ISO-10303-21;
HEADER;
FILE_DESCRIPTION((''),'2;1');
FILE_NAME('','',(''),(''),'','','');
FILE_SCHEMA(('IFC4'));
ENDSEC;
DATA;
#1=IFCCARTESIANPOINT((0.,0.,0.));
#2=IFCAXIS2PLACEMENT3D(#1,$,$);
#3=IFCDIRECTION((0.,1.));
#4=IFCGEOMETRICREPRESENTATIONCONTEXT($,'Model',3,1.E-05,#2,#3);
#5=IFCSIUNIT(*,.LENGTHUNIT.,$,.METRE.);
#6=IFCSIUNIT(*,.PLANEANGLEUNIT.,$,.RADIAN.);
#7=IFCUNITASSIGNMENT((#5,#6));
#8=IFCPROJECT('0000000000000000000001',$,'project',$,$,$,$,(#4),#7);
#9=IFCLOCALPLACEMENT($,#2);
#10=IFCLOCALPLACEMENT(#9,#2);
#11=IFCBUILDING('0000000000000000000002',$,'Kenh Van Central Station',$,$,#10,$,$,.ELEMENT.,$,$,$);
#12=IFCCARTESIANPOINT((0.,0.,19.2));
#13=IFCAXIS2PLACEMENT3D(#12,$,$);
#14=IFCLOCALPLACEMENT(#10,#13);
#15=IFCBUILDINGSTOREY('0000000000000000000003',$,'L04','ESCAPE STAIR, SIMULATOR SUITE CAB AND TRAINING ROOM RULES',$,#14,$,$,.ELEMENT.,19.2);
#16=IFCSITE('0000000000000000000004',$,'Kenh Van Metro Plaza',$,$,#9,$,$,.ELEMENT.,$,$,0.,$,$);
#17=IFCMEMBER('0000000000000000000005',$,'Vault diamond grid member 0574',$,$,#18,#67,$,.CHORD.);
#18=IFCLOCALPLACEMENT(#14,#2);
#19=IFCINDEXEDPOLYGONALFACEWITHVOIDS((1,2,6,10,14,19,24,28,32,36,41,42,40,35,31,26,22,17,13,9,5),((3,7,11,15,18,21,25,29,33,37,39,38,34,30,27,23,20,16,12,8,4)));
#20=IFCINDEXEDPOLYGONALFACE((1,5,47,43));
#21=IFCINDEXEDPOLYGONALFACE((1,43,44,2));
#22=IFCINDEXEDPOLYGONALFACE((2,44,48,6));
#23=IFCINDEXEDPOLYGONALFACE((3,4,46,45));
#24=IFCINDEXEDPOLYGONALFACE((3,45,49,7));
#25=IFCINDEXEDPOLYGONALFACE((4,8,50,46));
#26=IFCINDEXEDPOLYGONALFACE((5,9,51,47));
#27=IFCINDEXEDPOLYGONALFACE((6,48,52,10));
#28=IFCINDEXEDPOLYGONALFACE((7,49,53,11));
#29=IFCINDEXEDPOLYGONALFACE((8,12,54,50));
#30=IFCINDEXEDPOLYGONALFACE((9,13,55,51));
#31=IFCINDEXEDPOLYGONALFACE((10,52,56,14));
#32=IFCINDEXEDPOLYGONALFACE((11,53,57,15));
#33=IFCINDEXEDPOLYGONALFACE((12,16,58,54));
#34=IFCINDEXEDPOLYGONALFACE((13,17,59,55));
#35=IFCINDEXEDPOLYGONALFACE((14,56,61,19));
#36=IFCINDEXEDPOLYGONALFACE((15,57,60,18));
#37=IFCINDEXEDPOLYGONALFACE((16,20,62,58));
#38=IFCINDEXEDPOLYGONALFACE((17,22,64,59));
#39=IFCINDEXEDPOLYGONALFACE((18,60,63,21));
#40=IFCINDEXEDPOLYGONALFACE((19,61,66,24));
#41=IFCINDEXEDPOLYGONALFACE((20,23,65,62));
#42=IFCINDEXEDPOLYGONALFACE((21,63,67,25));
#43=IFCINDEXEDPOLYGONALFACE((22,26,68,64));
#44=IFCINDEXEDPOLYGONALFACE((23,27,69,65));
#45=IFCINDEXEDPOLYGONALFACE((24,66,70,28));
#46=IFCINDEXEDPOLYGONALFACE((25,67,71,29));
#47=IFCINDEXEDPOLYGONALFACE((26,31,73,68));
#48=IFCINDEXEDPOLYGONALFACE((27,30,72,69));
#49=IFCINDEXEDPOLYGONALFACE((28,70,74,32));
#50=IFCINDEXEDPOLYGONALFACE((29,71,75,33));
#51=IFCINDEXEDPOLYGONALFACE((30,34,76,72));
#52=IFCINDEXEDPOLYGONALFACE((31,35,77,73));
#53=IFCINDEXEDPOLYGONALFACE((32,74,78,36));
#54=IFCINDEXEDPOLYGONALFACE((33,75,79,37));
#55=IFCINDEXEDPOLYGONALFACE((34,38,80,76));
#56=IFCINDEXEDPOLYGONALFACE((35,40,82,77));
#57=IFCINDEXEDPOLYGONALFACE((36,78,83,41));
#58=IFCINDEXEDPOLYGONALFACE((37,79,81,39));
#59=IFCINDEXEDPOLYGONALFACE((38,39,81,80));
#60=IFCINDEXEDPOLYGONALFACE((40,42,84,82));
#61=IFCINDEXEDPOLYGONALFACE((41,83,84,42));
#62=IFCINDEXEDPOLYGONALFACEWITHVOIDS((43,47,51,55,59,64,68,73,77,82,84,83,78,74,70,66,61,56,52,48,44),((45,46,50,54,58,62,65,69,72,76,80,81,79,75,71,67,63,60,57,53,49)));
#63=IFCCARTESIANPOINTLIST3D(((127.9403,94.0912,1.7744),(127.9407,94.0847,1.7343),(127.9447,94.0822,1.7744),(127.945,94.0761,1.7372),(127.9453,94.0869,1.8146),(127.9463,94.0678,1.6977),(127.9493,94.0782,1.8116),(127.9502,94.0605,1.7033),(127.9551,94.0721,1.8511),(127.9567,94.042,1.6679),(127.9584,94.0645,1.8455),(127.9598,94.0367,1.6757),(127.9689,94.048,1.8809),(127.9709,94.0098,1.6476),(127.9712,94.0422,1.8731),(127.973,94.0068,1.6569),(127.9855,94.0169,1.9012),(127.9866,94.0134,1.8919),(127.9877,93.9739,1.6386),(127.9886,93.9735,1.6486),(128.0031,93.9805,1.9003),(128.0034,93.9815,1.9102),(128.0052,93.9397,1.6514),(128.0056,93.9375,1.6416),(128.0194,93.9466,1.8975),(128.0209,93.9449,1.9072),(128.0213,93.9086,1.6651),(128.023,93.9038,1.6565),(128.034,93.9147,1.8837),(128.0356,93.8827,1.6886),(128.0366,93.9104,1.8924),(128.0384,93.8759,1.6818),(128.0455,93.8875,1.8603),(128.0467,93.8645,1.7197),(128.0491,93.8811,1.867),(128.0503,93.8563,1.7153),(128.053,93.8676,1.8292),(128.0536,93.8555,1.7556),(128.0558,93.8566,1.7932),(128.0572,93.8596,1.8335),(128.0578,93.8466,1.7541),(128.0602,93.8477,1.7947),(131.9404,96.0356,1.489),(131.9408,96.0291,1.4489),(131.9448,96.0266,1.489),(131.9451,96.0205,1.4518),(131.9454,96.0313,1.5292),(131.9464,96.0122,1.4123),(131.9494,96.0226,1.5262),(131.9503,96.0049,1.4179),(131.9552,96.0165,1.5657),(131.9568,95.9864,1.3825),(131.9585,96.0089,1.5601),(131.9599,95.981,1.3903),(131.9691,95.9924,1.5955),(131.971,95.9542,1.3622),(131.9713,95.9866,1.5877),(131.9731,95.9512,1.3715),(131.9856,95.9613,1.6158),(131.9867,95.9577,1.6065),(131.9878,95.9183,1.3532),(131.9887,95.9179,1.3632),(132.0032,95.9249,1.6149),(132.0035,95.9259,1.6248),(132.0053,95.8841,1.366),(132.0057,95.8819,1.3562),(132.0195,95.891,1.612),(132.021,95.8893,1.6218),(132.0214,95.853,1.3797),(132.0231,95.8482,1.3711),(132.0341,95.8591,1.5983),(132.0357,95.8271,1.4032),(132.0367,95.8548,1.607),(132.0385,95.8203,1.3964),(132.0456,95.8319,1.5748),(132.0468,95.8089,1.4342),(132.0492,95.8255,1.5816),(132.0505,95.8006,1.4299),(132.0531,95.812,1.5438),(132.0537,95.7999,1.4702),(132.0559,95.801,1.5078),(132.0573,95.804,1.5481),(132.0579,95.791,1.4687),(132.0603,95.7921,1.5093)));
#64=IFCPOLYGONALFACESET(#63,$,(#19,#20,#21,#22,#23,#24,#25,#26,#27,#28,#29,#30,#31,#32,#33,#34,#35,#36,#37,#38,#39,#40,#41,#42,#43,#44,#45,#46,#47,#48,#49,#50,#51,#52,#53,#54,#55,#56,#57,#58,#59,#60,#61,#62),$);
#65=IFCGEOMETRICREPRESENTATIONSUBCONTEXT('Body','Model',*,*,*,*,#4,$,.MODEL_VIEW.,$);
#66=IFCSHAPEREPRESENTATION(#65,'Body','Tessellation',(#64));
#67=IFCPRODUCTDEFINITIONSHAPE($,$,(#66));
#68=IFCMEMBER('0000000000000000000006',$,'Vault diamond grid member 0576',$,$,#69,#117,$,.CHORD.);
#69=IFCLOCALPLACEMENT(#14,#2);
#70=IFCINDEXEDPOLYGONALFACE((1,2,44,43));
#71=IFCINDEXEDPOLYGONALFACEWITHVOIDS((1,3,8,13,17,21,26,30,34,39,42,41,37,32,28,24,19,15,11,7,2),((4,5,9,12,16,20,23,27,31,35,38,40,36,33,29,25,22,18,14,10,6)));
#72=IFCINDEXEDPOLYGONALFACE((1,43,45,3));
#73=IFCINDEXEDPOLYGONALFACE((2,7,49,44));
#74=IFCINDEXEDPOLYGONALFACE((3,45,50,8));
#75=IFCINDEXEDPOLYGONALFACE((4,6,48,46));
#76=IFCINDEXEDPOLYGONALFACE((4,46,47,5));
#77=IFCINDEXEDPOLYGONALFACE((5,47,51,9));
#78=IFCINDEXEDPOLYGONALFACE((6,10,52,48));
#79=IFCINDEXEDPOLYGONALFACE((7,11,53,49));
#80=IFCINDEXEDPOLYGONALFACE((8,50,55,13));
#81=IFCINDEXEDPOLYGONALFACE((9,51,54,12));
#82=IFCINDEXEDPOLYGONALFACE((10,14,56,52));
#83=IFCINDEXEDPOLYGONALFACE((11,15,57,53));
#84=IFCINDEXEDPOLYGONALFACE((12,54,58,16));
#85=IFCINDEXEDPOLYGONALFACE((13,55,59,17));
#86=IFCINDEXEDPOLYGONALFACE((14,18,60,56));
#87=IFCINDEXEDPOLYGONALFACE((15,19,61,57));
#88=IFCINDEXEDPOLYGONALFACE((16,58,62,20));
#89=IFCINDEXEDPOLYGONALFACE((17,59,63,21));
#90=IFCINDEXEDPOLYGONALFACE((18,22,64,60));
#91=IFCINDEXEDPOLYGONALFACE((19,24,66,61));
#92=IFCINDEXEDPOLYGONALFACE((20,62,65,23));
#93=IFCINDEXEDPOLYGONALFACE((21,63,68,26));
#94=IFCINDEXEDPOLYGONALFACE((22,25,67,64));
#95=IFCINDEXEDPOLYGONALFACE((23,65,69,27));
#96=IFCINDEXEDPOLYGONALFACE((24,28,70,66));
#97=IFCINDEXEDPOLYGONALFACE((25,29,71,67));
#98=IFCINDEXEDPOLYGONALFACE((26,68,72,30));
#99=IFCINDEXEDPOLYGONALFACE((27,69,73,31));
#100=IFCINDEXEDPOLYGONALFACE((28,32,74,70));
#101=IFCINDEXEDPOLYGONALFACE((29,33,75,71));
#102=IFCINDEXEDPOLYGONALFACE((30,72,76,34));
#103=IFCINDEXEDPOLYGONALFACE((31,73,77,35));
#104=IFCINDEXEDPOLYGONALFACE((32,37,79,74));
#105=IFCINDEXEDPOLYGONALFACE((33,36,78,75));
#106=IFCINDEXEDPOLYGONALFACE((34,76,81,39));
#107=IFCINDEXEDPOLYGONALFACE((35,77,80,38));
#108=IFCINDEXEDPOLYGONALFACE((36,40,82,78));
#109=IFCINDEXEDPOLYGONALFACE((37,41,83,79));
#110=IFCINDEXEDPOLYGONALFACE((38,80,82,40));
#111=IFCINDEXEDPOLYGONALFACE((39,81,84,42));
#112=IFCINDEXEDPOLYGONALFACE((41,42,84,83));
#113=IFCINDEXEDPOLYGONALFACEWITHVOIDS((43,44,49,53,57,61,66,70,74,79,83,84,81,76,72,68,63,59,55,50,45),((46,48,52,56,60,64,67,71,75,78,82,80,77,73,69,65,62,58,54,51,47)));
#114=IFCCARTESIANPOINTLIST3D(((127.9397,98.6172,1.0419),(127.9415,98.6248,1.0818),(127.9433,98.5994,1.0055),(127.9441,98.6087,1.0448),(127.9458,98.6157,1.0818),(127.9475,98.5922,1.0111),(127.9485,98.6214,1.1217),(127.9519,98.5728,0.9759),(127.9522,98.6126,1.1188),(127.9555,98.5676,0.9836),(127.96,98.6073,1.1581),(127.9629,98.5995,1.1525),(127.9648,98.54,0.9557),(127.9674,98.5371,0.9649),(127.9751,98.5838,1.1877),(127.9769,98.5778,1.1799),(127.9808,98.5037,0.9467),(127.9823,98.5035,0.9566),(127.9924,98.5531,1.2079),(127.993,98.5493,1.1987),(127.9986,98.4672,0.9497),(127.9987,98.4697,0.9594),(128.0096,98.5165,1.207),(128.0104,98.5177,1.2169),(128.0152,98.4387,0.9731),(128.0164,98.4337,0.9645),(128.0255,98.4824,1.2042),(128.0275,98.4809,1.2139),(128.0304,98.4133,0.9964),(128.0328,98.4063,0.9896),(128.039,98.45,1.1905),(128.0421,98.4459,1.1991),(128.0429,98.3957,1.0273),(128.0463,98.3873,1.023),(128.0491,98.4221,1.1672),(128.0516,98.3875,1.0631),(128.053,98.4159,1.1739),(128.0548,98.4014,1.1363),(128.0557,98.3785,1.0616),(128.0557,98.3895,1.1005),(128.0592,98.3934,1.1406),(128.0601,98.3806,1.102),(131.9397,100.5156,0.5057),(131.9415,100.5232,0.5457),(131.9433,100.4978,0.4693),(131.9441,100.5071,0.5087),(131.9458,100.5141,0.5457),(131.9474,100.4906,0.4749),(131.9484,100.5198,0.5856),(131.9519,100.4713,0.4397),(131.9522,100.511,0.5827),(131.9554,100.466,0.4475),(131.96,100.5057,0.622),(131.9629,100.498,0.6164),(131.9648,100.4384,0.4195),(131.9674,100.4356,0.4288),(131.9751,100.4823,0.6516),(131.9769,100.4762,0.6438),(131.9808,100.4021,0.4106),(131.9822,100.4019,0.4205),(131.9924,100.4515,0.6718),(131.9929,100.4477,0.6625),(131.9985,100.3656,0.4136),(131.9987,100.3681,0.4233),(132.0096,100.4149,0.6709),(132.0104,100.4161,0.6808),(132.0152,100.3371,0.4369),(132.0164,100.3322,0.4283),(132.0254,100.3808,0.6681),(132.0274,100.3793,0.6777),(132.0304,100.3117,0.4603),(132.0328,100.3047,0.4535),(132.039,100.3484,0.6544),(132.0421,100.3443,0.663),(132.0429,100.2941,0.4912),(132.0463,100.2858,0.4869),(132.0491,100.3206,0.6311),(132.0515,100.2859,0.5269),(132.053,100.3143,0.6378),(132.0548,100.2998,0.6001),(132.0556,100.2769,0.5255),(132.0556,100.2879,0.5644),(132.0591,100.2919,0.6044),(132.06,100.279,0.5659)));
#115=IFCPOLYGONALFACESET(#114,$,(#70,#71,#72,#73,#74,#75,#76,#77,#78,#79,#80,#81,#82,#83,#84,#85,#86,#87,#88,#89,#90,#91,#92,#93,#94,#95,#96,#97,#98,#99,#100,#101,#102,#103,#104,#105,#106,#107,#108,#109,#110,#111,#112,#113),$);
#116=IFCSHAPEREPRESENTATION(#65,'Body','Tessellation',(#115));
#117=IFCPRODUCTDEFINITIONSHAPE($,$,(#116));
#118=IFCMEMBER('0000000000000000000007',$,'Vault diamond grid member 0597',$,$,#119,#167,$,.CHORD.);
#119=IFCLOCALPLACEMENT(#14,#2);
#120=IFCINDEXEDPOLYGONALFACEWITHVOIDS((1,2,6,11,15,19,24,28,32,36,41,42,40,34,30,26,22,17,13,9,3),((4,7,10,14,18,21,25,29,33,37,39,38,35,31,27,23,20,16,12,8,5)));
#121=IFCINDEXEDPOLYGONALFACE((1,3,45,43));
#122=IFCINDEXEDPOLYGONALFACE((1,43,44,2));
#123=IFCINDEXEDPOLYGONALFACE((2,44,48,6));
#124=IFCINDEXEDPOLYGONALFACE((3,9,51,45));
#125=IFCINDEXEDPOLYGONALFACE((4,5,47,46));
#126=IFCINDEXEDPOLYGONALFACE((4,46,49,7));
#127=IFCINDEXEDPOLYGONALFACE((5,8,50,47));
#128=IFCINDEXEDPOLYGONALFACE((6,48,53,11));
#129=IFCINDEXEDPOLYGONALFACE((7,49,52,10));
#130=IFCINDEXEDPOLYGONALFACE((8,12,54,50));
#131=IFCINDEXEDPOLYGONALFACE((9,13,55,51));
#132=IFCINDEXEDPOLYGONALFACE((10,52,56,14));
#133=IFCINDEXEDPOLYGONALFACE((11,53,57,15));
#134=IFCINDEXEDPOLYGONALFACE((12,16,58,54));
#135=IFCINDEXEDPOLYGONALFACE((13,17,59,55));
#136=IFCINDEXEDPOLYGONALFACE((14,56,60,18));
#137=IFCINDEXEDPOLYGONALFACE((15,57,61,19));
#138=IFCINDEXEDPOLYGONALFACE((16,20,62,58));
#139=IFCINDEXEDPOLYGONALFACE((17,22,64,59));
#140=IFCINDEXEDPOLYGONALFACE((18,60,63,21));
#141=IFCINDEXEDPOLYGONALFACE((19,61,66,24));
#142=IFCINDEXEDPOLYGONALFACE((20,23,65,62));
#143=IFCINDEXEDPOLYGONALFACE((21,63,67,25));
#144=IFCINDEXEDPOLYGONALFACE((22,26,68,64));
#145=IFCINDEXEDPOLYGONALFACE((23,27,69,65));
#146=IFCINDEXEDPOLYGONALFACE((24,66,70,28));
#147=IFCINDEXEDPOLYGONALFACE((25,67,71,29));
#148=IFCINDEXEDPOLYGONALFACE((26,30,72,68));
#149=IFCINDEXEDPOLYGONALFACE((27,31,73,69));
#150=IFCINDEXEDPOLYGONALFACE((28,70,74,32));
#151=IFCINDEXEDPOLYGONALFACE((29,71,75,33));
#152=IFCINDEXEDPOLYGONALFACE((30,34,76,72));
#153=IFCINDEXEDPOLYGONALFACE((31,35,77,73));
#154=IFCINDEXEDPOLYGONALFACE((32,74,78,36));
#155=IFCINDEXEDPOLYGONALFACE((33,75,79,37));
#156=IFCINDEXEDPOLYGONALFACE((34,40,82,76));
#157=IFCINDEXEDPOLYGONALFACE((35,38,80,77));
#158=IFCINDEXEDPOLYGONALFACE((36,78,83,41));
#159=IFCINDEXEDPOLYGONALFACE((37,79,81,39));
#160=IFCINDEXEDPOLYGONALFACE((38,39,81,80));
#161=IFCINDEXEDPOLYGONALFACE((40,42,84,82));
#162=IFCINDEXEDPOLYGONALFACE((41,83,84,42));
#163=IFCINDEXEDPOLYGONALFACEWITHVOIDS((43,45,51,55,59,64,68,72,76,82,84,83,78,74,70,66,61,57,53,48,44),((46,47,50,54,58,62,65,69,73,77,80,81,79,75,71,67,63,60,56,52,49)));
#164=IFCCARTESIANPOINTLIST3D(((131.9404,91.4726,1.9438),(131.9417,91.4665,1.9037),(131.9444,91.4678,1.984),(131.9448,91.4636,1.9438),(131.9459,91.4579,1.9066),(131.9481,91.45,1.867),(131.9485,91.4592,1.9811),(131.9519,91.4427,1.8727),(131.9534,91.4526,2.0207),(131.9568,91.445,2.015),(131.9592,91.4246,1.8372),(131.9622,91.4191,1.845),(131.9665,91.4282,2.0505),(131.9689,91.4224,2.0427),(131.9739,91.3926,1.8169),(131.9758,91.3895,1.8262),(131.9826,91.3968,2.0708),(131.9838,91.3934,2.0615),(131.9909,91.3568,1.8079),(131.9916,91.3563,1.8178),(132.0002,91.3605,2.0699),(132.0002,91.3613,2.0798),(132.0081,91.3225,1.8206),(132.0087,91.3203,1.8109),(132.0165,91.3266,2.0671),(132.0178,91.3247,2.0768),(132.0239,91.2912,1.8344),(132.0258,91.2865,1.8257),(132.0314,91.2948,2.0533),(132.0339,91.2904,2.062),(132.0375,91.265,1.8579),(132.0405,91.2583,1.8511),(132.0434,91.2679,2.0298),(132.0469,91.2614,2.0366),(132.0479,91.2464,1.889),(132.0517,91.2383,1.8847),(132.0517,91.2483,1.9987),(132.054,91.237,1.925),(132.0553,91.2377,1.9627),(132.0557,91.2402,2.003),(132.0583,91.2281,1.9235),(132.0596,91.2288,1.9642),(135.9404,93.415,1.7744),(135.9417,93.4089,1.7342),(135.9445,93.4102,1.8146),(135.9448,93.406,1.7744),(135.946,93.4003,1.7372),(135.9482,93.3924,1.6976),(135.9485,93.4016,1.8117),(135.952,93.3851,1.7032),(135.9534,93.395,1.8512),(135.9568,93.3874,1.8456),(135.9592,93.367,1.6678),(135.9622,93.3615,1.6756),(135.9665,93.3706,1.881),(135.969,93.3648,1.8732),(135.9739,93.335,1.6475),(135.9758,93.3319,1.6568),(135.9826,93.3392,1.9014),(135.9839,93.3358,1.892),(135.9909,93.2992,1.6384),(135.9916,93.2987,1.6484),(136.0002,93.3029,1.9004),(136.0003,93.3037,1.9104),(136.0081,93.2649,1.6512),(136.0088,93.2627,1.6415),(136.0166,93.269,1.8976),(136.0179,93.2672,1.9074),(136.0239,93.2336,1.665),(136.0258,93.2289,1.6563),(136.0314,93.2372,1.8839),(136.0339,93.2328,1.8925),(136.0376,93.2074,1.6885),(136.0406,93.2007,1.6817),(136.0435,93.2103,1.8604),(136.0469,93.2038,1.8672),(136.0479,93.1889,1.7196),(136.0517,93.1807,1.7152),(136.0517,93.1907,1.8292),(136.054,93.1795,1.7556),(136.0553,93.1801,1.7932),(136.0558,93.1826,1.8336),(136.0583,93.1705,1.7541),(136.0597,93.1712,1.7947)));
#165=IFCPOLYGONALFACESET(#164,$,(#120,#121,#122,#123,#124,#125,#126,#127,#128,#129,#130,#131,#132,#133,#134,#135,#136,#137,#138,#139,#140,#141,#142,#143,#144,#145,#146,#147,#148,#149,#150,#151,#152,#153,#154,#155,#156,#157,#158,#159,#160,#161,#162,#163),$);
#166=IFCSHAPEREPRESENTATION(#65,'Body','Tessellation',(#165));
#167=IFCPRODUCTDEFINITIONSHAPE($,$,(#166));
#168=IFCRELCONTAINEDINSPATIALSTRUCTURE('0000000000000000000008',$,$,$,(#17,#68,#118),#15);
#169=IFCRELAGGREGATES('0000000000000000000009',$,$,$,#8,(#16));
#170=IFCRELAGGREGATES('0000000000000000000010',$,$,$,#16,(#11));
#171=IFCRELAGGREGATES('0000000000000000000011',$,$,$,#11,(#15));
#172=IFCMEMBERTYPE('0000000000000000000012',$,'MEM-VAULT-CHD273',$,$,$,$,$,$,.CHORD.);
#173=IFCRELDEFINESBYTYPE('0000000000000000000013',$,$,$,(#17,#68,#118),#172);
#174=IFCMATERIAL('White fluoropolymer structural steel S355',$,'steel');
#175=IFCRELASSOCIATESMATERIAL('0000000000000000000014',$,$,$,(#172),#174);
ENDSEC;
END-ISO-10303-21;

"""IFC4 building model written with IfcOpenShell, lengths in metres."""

from ifc_helpers import new_model, si_unit, direction, frame, origin, origin_2d, place, context, subcontext, project, spatial, hollow_circle, extrude, material, material_profile, profile_set, type_object, element, save


model = new_model("IFC4")

# Units and contexts
model_context = context("Model", 3, precision=1e-05, world=origin(), true_north=direction((0.0, 1.0)))
body_context = subcontext(model_context, "Body", "Model", "MODEL_VIEW")
ifc_project = project(units=[si_unit("LENGTHUNIT", "METRE"), si_unit("PLANEANGLEUNIT", "RADIAN")], contexts=[model_context])

# Site, building, storey
site_placement = place(None, origin())
site = spatial("IfcSite", under=ifc_project, at=site_placement, Name="Kenh Van Metro Plaza", CompositionType="ELEMENT", RefElevation=0.0)
building_placement = place(site_placement, origin())
building = spatial("IfcBuilding", under=site, at=building_placement, Name="Kenh Van Central Station", CompositionType="ELEMENT")
storey_placement = place(building_placement, frame((0.0, 0.0, 19.2)))
storey = spatial("IfcBuildingStorey", under=building, at=storey_placement, Name="L04", Description="ESCAPE STAIR, SIMULATOR SUITE CAB AND TRAINING ROOM RULES", CompositionType="ELEMENT", Elevation=19.2)

# Shared definitions
ifc_material_1 = material(Name="White fluoropolymer structural steel S355", Category="steel")

# Members
ifc_material_profile_1 = material_profile(ifc_material_1, hollow_circle(Radius=0.1365, WallThickness=0.01, at=origin_2d()), Name="CHS 273x10")
ifc_profile_set_1 = profile_set([ifc_material_profile_1], Name="White fluoropolymer structural steel S355")
member_type_1 = type_object("IfcMemberType", Name="MEM-VAULT-CHD273", PredefinedType="CHORD", material=ifc_profile_set_1)
member_1_placement = place(storey_placement, frame((128.0, 93.9685, 1.7744), z_axis=(0.897531, 0.436276, -0.064039), x_axis=(-0.437173, 0.899377, 0.0)))
element("IfcMember", 1, at=member_1_placement, inside=storey, type_object=member_type_1, Name="Vault diamond grid member 0574", PredefinedType="CHORD", context=body_context, shape_type="SweptSolid", body=[
    extrude(hollow_circle(Radius=0.1365, WallThickness=0.01, at=origin_2d()), origin(), (0.0, 0.0, 1.0), 4.4568),
])
member_2_placement = place(storey_placement, frame((128.0, 98.5015, 1.0818), z_axis=(0.896863, 0.42566, -0.120209), x_axis=(-0.428769, 0.903414, 0.0)))
element("IfcMember", 2, at=member_2_placement, inside=storey, type_object=member_type_1, Name="Vault diamond grid member 0576", PredefinedType="CHORD", context=body_context, shape_type="SweptSolid", body=[
    extrude(hollow_circle(Radius=0.1365, WallThickness=0.01, at=origin_2d()), origin(), (0.0, 0.0, 1.0), 4.46),
])
member_3_placement = place(storey_placement, frame((132.0, 91.3499, 1.9438), z_axis=(0.898898, 0.436501, -0.038076), x_axis=(-0.436818, 0.89955, 0.0)))
element("IfcMember", 3, at=member_3_placement, inside=storey, type_object=member_type_1, Name="Vault diamond grid member 0597", PredefinedType="CHORD", context=body_context, shape_type="SweptSolid", body=[
    extrude(hollow_circle(Radius=0.1365, WallThickness=0.01, at=origin_2d()), origin(), (0.0, 0.0, 1.0), 4.45),
])

save(model, "model.ifc")
